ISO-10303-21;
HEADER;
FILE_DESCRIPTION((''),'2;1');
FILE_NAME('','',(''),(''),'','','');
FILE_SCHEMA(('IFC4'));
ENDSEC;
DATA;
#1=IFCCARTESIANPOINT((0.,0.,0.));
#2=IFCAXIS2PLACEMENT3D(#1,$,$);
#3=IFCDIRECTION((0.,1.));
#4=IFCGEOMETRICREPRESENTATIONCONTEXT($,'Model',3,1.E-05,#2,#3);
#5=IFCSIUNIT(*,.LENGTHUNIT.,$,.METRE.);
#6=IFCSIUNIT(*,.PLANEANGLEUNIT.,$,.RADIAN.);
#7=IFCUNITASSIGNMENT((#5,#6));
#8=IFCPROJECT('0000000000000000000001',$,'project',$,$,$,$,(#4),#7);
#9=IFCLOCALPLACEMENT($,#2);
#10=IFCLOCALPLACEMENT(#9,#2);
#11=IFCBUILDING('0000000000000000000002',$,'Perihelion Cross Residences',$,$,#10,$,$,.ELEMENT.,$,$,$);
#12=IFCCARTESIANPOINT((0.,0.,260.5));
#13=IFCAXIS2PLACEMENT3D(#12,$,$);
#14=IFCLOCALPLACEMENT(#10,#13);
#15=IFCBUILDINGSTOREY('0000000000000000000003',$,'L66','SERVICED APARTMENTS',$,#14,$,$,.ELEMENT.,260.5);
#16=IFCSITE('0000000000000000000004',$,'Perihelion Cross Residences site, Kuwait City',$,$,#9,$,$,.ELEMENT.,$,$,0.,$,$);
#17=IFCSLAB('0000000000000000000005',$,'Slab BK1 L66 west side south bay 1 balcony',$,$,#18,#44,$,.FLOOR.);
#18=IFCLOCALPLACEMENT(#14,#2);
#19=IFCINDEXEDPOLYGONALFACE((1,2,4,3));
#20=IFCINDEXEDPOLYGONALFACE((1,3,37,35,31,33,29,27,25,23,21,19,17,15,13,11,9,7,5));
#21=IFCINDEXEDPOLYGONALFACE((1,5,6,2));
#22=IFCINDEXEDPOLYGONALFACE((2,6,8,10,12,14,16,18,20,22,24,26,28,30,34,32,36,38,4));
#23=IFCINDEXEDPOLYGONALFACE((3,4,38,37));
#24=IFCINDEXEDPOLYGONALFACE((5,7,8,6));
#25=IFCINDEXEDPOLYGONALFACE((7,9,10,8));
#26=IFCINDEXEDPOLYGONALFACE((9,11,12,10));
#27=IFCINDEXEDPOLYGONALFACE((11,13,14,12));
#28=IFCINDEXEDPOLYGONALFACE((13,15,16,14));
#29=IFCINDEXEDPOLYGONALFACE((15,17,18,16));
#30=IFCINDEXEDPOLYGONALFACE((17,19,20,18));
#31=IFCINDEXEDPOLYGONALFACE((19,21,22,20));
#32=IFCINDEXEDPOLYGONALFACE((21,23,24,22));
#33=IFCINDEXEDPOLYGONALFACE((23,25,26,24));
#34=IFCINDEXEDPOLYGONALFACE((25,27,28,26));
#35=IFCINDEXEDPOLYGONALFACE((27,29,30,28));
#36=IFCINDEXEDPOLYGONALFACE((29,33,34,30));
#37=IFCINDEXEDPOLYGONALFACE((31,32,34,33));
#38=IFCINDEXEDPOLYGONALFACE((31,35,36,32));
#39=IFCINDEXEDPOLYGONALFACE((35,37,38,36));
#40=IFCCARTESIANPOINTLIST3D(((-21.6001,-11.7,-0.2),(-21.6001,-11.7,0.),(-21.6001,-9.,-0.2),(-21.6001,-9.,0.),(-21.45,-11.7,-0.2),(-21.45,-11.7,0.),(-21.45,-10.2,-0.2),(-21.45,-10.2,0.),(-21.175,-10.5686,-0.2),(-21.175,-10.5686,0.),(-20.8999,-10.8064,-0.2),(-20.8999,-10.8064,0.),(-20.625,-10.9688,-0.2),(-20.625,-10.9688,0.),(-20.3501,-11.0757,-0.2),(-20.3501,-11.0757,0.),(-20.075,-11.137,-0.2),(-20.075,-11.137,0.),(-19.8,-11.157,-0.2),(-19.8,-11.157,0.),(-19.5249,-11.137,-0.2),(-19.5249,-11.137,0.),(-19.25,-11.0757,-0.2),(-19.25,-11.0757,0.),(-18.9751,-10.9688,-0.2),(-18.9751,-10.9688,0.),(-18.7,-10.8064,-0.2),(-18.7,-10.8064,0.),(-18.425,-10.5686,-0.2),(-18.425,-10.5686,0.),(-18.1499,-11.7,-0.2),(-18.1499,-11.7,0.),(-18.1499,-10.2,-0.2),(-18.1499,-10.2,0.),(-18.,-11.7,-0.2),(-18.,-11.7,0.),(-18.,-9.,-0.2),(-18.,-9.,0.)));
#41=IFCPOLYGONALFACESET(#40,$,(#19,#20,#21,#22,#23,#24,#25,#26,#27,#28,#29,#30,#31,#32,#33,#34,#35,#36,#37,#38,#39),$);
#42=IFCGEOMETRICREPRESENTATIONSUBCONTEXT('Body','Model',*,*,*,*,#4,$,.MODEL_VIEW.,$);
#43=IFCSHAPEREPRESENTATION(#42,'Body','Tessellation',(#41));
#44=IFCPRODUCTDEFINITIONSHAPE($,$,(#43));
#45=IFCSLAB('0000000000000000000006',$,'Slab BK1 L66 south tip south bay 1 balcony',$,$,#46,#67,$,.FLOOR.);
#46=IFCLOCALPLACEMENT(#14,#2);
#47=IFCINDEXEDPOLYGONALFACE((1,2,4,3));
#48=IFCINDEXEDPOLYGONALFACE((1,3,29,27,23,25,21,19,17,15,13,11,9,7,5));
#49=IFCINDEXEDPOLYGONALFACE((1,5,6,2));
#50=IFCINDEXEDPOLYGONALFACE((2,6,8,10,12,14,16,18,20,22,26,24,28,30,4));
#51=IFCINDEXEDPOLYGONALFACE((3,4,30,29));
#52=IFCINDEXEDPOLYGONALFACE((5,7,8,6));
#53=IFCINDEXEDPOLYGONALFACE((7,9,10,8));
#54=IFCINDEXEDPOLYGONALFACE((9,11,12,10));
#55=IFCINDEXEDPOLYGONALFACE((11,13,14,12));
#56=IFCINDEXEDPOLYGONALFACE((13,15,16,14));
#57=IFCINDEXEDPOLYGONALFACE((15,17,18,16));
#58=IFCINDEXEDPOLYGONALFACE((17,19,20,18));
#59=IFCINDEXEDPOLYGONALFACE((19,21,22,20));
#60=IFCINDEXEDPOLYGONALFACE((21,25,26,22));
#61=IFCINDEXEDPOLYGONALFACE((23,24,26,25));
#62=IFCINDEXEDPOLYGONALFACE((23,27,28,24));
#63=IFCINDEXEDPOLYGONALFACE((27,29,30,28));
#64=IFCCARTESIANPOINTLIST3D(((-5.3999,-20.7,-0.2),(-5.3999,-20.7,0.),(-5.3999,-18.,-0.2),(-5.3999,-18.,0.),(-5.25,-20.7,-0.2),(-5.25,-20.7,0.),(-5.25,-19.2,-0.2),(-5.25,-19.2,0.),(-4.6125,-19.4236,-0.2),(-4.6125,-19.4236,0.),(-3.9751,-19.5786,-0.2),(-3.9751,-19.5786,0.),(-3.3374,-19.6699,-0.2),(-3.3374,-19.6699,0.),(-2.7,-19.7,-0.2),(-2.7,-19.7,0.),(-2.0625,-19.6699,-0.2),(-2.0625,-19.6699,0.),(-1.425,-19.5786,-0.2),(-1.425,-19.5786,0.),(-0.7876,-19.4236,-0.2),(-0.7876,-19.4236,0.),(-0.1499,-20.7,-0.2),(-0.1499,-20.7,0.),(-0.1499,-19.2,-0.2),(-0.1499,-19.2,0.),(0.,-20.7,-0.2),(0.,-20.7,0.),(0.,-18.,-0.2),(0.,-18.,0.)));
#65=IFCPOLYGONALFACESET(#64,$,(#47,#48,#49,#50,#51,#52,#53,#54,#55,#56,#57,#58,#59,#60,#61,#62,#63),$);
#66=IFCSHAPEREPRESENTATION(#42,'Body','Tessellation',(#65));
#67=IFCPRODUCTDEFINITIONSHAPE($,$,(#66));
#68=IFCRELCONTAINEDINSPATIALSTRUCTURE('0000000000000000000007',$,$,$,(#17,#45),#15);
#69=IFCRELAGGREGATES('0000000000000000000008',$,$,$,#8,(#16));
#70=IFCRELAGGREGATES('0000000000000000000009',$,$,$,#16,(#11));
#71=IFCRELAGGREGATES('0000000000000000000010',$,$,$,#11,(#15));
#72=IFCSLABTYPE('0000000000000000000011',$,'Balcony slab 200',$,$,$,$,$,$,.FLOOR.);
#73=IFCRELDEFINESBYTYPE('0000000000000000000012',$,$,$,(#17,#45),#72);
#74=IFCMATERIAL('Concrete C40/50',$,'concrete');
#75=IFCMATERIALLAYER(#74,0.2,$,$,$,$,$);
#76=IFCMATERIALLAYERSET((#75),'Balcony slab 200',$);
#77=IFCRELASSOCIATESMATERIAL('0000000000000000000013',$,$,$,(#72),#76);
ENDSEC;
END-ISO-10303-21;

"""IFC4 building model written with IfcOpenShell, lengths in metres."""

from ifc_helpers import new_model, si_unit, direction, frame, origin, place, context, subcontext, project, spatial, polyline, outline, extrude, material, layer, layer_set, type_object, element, save


model = new_model("IFC4")

# Units and contexts
model_context = context("Model", 3, precision=1e-05, world=origin(), true_north=direction((0.0, 1.0)))
body_context = subcontext(model_context, "Body", "Model", "MODEL_VIEW")
ifc_project = project(units=[si_unit("LENGTHUNIT", "METRE"), si_unit("PLANEANGLEUNIT", "RADIAN")], contexts=[model_context])

# Site, building, storey
site_placement = place(None, origin())
site = spatial("IfcSite", under=ifc_project, at=site_placement, Name="Perihelion Cross Residences site, Kuwait City", CompositionType="ELEMENT", RefElevation=0.0)
building_placement = place(site_placement, origin())
building = spatial("IfcBuilding", under=site, at=building_placement, Name="Perihelion Cross Residences", CompositionType="ELEMENT")
storey_placement = place(building_placement, frame((0.0, 0.0, 260.5)))
storey = spatial("IfcBuildingStorey", under=building, at=storey_placement, Name="L66", Description="SERVICED APARTMENTS", CompositionType="ELEMENT", Elevation=260.5)

# Slabs
ifc_material_1 = material(Name="Concrete C40/50", Category="concrete")
ifc_layer_1 = layer(ifc_material_1, 0.2)
ifc_layer_set_1 = layer_set([ifc_layer_1], Name="Balcony slab 200")
slab_type_1 = type_object("IfcSlabType", Name="Balcony slab 200", PredefinedType="FLOOR", material=ifc_layer_set_1)
slab_1_placement = place(storey_placement, frame((0.0, 0.0, -0.2)))
element("IfcSlab", 1, at=slab_1_placement, inside=storey, type_object=slab_type_1, Name="Slab BK1 L66 west side south bay 1 balcony", PredefinedType="FLOOR", context=body_context, shape_type="SweptSolid", body=[
    extrude(outline(polyline([(-21.6001, -9.0), (-18.0, -9.0), (-18.0, -11.7), (-18.1499, -11.7), (-18.1499, -10.2), (-18.425, -10.5686), (-18.7, -10.8064), (-18.9751, -10.9688), (-19.25, -11.0757), (-19.5249, -11.137), (-19.8, -11.157), (-20.075, -11.137), (-20.3501, -11.0757), (-20.625, -10.9688), (-20.8999, -10.8064), (-21.175, -10.5686), (-21.45, -10.2), (-21.45, -11.7), (-21.6001, -11.7), (-21.6001, -9.0)])), origin(), (0.0, 0.0, 1.0), 0.2),
])
slab_2_placement = place(storey_placement, frame((0.0, 0.0, -0.2)))
element("IfcSlab", 2, at=slab_2_placement, inside=storey, type_object=slab_type_1, Name="Slab BK1 L66 south tip south bay 1 balcony", PredefinedType="FLOOR", context=body_context, shape_type="SweptSolid", body=[
    extrude(outline(polyline([(-5.3999, -18.0), (0.0, -18.0), (0.0, -20.7), (-0.1499, -20.7), (-0.1499, -19.2), (-0.7876, -19.4236), (-1.425, -19.5786), (-2.0625, -19.6699), (-2.7, -19.7), (-3.3374, -19.6699), (-3.9751, -19.5786), (-4.6125, -19.4236), (-5.25, -19.2), (-5.25, -20.7), (-5.3999, -20.7), (-5.3999, -18.0)])), origin(), (0.0, 0.0, 1.0), 0.2),
])

save(model, "model.ifc")
